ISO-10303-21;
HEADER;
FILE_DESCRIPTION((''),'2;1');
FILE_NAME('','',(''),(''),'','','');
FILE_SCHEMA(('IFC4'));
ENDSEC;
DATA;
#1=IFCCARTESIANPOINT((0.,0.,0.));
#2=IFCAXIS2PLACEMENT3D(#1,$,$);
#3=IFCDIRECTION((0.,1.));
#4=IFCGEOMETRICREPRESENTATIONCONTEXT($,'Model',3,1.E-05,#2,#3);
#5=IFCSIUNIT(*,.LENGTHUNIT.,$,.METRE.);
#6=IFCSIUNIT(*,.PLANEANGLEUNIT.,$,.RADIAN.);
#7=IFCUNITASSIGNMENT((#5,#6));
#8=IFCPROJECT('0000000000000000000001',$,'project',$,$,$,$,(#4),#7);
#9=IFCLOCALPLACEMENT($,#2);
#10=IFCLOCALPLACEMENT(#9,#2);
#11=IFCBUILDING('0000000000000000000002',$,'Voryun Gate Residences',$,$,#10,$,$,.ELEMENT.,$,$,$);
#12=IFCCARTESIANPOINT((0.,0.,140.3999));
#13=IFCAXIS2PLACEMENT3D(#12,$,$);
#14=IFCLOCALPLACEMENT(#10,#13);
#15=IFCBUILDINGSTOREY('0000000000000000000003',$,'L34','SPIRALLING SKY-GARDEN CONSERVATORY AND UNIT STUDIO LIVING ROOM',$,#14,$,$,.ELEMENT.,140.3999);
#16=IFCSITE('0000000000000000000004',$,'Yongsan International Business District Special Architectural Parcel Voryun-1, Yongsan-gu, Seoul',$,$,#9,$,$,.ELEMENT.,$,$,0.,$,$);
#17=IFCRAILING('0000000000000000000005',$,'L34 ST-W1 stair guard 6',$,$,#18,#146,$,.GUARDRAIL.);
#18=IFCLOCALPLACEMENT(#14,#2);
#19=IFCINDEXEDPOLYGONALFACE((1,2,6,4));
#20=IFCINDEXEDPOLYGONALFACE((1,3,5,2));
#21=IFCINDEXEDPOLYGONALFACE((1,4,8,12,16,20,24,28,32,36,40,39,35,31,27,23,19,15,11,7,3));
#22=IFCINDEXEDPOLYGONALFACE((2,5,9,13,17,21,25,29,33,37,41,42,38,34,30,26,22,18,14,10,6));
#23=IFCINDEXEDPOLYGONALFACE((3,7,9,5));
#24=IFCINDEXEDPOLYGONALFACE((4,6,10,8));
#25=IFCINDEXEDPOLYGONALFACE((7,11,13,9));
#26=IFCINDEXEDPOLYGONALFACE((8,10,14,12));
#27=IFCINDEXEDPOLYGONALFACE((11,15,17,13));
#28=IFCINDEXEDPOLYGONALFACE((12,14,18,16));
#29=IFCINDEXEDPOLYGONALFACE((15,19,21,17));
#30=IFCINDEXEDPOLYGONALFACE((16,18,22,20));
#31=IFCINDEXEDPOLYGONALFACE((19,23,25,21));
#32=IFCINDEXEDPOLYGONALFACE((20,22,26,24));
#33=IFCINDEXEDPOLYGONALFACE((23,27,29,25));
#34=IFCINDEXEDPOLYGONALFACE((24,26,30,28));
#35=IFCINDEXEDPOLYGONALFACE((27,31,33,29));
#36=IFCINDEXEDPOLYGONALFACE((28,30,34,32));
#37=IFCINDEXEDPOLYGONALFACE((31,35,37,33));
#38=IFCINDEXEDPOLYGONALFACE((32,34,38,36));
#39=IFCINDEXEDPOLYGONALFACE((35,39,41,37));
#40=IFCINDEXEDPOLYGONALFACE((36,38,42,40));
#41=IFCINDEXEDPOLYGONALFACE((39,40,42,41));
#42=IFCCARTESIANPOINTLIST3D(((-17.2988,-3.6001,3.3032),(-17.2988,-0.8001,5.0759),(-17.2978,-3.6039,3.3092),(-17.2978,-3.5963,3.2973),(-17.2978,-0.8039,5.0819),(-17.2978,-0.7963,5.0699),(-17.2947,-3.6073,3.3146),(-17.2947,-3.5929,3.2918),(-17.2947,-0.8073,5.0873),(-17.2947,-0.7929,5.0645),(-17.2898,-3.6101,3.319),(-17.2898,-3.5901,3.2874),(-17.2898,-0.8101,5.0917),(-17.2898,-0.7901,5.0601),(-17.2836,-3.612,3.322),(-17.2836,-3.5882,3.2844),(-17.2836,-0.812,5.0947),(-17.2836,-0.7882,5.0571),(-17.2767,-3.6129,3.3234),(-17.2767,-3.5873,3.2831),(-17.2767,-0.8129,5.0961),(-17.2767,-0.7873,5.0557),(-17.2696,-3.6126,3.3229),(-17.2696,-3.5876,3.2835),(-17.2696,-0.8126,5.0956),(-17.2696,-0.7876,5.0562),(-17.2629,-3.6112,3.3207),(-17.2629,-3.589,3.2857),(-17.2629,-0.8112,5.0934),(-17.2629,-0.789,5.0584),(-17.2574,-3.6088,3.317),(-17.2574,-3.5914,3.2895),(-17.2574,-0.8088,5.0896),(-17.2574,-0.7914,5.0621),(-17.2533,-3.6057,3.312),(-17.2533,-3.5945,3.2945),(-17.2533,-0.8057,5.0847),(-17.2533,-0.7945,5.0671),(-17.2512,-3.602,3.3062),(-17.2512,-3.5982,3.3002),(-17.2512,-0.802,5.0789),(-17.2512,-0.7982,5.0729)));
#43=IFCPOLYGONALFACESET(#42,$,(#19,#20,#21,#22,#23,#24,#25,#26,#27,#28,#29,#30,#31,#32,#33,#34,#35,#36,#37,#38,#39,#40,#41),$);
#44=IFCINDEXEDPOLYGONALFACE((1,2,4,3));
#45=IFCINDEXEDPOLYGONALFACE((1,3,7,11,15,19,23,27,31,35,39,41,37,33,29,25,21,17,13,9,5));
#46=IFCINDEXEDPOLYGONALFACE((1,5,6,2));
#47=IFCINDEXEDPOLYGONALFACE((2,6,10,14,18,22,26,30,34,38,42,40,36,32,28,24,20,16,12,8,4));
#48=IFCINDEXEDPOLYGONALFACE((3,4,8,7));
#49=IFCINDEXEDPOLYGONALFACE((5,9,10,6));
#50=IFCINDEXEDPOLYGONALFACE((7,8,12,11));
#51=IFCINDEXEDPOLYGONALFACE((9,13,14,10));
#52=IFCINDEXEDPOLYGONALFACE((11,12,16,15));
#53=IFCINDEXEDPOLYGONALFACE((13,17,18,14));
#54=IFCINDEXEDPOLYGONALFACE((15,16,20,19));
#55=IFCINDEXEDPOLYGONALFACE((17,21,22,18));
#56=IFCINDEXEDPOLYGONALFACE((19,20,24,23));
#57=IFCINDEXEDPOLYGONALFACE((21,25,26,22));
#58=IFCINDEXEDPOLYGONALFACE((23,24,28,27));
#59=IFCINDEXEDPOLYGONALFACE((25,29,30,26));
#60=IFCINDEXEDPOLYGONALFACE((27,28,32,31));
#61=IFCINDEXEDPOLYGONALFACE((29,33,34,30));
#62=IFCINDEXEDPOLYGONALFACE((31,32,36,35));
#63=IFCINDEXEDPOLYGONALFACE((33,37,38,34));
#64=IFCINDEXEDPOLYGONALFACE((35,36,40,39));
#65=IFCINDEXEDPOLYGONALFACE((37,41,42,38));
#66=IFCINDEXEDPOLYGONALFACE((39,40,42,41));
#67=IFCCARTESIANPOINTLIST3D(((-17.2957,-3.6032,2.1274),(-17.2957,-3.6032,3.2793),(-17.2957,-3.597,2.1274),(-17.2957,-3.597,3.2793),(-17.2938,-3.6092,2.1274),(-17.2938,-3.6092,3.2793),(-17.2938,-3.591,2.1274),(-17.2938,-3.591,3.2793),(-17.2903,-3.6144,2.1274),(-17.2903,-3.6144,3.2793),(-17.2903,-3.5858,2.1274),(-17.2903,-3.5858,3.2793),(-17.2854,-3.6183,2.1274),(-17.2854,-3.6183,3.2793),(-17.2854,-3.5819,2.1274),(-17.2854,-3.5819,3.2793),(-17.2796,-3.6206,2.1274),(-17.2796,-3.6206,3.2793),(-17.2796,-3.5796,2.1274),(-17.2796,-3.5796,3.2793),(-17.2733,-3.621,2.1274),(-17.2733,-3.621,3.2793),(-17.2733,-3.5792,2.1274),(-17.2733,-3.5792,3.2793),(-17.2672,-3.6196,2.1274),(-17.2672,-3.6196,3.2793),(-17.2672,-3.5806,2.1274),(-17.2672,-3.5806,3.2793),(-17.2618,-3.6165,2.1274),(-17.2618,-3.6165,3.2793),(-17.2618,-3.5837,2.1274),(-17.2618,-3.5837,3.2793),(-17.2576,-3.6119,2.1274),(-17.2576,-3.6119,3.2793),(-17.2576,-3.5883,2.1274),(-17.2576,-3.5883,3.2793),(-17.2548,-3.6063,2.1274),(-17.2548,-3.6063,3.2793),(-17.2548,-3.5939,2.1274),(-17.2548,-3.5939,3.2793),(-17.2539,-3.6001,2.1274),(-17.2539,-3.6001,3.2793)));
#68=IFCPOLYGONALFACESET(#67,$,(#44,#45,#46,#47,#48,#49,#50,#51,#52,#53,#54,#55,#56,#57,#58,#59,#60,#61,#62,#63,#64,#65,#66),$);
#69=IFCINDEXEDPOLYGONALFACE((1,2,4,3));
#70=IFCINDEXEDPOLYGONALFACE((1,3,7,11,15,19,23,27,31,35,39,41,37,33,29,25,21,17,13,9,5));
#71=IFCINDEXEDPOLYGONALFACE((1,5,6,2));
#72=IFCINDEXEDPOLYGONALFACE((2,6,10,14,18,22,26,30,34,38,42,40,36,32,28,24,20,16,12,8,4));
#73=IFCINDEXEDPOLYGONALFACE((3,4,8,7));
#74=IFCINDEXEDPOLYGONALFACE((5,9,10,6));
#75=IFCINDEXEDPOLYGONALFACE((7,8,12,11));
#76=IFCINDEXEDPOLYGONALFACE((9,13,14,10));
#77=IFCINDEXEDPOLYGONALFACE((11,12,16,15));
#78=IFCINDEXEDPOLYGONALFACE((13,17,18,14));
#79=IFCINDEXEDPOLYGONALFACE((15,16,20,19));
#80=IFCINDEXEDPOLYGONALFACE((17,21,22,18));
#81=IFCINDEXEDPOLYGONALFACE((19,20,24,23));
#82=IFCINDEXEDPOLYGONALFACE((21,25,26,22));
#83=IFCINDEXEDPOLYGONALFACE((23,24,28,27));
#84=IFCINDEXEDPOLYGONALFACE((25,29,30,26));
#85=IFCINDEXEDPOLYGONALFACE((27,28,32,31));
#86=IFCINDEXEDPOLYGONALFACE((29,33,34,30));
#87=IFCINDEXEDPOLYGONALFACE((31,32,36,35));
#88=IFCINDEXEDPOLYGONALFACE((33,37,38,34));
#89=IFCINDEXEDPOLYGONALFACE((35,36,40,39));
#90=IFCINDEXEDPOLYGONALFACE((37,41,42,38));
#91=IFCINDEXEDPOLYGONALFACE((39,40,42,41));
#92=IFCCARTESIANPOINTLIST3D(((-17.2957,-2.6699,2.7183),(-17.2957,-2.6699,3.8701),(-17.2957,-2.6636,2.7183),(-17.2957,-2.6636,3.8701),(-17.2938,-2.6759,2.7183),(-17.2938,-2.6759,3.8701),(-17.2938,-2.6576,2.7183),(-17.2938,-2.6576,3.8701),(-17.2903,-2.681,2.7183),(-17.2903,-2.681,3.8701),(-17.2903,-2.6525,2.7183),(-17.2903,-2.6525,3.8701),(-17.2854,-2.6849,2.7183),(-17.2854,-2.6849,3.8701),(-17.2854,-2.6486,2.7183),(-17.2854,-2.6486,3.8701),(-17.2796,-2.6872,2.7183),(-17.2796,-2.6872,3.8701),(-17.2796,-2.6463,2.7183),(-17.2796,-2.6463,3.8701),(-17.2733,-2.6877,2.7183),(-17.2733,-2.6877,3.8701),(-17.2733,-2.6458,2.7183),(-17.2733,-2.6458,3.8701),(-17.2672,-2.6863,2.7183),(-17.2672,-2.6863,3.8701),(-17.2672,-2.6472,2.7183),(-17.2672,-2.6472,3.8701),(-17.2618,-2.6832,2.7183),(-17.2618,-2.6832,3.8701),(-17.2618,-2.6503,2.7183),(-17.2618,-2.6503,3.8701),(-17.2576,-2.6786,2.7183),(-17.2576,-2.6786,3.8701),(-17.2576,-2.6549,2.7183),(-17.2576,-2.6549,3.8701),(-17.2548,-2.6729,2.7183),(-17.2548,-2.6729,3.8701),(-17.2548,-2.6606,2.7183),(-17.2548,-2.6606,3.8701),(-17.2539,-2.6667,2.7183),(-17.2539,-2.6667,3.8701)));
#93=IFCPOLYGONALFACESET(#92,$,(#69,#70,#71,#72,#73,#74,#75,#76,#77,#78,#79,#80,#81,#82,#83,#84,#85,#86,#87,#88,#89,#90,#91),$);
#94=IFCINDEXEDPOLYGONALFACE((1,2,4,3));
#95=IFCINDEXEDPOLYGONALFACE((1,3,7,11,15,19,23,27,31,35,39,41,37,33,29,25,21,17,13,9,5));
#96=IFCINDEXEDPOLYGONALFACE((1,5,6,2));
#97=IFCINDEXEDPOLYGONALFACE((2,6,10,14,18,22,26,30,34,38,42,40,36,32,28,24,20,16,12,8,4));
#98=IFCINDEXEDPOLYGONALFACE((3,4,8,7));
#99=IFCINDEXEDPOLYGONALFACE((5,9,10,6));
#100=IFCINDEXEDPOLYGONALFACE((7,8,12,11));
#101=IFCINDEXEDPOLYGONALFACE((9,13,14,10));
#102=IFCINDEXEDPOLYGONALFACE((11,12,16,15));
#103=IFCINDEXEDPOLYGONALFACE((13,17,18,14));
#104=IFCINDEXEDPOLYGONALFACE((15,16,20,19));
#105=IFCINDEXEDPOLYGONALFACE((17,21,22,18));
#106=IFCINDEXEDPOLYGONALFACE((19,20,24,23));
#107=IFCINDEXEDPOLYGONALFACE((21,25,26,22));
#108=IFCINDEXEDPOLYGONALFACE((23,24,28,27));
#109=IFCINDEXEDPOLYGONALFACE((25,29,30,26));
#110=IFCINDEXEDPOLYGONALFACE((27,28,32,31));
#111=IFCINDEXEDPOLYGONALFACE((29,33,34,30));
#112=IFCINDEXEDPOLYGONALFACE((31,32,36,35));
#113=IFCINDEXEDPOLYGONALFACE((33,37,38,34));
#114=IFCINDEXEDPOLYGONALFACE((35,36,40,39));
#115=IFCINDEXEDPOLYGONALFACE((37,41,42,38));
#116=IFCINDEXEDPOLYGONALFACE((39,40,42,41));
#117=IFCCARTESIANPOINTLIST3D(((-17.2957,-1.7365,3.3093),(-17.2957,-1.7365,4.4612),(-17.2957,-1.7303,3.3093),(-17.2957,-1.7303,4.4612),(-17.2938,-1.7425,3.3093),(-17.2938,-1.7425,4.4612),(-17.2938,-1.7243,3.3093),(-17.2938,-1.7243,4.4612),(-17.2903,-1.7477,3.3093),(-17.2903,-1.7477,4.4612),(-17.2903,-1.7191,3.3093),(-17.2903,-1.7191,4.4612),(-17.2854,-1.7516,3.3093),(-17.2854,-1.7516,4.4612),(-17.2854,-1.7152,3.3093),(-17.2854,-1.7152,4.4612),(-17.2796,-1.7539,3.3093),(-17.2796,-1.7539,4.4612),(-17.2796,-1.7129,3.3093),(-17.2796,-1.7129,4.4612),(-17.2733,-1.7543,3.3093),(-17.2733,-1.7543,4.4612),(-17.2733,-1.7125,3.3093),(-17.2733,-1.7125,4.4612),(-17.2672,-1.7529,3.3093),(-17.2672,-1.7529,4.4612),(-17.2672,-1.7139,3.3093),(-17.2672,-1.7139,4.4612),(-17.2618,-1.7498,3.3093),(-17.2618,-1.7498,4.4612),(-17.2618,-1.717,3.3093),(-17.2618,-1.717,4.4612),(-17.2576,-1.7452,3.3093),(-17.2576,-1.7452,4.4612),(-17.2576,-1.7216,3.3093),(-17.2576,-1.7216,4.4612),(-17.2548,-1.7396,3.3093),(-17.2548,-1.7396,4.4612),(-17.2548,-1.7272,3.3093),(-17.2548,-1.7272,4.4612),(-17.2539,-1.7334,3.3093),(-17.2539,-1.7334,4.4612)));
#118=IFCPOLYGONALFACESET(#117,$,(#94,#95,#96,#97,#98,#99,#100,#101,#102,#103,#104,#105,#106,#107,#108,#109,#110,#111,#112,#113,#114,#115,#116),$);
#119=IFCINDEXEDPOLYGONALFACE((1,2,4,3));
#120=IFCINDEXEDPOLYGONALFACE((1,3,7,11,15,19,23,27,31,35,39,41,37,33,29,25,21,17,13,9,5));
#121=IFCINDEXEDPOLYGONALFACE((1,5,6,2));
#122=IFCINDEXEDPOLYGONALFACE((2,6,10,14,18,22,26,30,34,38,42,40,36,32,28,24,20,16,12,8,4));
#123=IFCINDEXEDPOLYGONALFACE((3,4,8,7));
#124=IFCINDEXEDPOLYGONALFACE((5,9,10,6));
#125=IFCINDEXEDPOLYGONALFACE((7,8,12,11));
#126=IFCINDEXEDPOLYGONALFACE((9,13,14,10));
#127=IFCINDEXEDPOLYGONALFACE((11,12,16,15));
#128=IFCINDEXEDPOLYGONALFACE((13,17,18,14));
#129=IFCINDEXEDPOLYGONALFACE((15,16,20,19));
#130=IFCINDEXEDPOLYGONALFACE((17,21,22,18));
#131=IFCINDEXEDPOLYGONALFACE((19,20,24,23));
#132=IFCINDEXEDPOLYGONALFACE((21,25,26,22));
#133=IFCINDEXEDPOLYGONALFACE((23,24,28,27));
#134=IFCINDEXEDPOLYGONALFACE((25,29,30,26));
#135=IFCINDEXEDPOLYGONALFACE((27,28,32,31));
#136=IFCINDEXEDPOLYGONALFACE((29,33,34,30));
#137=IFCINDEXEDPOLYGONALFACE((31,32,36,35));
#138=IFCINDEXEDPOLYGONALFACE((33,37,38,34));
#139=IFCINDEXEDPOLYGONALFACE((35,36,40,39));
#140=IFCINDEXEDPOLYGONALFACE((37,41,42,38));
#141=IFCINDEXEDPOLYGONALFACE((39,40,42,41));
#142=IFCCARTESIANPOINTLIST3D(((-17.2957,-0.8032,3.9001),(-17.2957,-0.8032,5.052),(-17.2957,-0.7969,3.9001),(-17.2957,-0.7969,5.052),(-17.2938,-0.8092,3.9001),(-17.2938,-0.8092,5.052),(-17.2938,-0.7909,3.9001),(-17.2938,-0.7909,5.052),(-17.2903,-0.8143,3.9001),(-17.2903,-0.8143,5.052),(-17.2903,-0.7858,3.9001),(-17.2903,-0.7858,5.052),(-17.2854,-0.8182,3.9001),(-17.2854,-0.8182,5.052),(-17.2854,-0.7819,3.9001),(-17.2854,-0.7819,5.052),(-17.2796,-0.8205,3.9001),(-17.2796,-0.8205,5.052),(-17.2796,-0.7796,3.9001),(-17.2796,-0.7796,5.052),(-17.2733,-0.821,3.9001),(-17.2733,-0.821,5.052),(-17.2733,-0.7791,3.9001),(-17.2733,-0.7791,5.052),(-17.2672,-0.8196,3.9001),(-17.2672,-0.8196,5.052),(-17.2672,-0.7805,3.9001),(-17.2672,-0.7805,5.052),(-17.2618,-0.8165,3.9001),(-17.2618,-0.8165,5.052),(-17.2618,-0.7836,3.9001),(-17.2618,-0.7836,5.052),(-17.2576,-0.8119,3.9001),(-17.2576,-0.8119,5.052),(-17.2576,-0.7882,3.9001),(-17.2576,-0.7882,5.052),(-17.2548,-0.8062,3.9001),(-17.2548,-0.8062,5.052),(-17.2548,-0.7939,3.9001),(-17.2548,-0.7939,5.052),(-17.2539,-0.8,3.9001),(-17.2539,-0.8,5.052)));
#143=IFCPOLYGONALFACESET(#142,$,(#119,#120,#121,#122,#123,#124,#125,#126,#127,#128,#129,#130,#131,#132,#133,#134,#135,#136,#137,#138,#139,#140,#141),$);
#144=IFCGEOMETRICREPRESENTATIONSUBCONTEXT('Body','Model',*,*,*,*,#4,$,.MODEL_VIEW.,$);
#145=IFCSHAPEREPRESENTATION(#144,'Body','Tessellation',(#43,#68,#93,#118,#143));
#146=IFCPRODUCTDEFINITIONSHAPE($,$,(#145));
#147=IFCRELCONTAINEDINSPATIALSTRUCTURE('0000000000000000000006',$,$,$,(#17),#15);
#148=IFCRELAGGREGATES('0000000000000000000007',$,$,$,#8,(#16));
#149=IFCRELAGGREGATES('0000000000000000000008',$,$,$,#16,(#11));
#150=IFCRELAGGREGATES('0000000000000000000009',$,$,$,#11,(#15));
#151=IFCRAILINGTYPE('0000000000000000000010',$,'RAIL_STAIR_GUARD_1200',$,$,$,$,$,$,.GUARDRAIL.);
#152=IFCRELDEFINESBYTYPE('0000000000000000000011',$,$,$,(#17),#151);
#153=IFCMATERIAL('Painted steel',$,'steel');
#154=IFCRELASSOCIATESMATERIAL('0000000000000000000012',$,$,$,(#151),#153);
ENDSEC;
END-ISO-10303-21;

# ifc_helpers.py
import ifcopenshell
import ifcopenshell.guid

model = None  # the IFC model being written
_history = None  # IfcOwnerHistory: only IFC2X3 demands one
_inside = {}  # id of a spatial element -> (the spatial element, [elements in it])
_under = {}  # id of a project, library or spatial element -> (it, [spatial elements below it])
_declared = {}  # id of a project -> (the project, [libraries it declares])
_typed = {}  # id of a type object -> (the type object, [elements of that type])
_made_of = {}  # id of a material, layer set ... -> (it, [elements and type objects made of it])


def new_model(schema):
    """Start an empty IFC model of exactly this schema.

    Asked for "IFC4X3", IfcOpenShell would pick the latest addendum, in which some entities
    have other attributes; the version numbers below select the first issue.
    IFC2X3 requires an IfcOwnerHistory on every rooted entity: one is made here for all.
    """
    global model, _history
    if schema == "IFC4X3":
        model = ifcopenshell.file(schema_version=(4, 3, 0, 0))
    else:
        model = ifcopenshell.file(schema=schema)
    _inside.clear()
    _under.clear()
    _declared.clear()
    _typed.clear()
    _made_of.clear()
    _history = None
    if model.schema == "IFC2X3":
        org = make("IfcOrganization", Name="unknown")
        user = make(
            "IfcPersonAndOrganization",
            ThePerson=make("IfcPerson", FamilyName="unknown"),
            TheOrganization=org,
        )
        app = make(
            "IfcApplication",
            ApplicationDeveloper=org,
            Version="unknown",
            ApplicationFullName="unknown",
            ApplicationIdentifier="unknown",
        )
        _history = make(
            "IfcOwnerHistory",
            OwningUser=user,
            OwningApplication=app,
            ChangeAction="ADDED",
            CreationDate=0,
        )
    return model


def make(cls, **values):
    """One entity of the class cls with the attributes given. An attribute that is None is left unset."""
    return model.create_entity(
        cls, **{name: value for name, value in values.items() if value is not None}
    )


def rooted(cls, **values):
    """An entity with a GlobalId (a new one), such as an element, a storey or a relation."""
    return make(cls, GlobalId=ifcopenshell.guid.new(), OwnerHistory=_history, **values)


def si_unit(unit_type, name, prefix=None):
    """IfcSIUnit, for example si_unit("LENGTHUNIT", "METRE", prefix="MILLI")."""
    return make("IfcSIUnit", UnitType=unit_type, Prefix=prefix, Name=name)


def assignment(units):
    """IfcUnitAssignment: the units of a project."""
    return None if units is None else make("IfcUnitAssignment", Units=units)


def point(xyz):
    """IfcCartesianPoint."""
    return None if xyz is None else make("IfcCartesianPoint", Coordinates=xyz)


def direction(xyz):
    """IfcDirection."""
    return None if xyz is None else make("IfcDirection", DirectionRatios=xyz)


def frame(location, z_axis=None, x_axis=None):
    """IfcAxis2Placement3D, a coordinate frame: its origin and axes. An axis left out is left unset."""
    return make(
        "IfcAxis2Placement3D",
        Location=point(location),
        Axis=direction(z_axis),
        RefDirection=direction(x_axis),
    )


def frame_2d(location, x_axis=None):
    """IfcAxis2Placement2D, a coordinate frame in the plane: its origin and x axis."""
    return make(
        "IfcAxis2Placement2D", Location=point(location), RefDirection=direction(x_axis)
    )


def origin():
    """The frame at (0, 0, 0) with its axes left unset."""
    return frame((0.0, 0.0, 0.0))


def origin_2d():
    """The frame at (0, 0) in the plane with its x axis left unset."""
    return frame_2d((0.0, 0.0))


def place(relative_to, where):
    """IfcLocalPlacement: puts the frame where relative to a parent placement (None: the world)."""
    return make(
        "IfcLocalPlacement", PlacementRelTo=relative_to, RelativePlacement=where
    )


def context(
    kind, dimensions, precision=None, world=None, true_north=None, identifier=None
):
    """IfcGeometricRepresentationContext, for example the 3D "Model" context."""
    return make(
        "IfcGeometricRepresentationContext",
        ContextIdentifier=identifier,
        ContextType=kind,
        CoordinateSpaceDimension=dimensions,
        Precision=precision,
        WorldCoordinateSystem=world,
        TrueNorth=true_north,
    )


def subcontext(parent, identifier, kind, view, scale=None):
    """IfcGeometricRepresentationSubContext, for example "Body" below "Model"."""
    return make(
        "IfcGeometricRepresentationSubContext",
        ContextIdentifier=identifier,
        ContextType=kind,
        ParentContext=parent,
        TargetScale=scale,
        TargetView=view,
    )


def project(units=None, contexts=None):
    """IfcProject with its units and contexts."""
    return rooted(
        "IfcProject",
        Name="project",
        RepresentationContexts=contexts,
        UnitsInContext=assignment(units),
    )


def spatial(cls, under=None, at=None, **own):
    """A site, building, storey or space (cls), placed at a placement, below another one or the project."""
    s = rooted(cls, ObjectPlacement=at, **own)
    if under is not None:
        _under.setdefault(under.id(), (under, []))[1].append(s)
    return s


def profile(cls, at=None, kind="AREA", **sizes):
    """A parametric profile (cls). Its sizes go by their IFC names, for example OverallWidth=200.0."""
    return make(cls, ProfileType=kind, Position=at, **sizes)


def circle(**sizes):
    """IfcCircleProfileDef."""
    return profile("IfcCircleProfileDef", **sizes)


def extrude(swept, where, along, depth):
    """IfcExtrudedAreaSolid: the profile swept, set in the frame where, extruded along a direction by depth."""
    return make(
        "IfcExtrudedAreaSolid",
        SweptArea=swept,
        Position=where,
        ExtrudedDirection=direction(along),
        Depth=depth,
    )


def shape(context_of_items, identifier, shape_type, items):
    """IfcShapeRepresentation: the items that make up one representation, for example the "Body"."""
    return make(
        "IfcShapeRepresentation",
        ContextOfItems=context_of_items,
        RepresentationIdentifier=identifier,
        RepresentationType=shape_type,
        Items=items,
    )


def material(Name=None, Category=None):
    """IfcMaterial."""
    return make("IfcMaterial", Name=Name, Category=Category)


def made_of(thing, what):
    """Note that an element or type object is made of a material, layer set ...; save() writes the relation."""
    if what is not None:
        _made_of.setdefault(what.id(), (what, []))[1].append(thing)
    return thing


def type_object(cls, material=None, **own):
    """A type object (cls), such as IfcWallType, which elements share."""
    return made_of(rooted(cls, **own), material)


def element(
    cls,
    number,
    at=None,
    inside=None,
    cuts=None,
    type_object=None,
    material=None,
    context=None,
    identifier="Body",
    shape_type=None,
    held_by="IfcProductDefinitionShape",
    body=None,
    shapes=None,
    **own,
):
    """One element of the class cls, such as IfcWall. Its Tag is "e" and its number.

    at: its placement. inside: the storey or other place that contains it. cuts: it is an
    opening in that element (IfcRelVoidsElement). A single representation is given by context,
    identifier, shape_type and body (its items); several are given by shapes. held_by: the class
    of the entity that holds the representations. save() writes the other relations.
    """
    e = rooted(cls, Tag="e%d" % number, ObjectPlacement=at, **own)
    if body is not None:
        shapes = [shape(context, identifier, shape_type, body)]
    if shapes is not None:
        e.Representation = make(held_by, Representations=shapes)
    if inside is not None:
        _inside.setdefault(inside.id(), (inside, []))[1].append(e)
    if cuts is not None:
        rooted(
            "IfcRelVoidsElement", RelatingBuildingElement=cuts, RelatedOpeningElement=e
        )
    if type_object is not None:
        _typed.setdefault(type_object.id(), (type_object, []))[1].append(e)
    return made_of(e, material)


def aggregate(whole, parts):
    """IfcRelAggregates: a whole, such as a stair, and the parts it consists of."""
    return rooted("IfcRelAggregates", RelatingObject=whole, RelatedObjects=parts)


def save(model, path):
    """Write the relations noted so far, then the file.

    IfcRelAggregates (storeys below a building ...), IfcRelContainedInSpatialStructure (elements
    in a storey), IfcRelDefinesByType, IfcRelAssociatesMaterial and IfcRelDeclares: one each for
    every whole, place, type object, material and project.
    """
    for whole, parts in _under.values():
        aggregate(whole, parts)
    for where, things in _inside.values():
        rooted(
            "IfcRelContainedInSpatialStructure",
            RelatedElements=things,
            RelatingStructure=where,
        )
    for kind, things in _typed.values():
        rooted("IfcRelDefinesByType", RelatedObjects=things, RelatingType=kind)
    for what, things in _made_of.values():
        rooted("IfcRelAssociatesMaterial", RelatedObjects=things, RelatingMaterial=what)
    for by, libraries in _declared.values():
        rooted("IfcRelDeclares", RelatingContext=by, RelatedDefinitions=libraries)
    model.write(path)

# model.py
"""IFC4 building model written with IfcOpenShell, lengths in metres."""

from ifc_helpers import new_model, si_unit, direction, frame, origin, origin_2d, place, context, subcontext, project, spatial, circle, extrude, material, type_object, element, save


model = new_model("IFC4")

# Units and contexts
model_context = context("Model", 3, precision=1e-05, world=origin(), true_north=direction((0.0, 1.0)))
body_context = subcontext(model_context, "Body", "Model", "MODEL_VIEW")
ifc_project = project(units=[si_unit("LENGTHUNIT", "METRE"), si_unit("PLANEANGLEUNIT", "RADIAN")], contexts=[model_context])

# Site, building, storey
site_placement = place(None, origin())
site = spatial("IfcSite", under=ifc_project, at=site_placement, Name="Yongsan International Business District Special Architectural Parcel Voryun-1, Yongsan-gu, Seoul", CompositionType="ELEMENT", RefElevation=0.0)
building_placement = place(site_placement, origin())
building = spatial("IfcBuilding", under=site, at=building_placement, Name="Voryun Gate Residences", CompositionType="ELEMENT")
storey_placement = place(building_placement, frame((0.0, 0.0, 140.3999)))
storey = spatial("IfcBuildingStorey", under=building, at=storey_placement, Name="L34", Description="SPIRALLING SKY-GARDEN CONSERVATORY AND UNIT STUDIO LIVING ROOM", CompositionType="ELEMENT", Elevation=140.3999)

# Railing
ifc_material_1 = material(Name="Painted steel", Category="steel")
railing_type_1 = type_object("IfcRailingType", Name="RAIL_STAIR_GUARD_1200", PredefinedType="GUARDRAIL", material=ifc_material_1)
railing_1_placement = place(storey_placement, frame((-17.2749, -3.6001, 2.1274)))
element("IfcRailing", 1, at=railing_1_placement, inside=storey, type_object=railing_type_1, Name="L34 ST-W1 stair guard 6", PredefinedType="GUARDRAIL", context=body_context, shape_type="SweptSolid", body=[
    extrude(circle(Radius=0.0239, at=origin_2d()), frame((0.0, 0.0, 1.1758), z_axis=(0.0, 0.844909, 0.53491), x_axis=(-1.0, 0.0, 0.0)), (0.0, 0.0, 1.0), 3.314),
    extrude(circle(Radius=0.021, at=origin_2d()), origin(), (0.0, 0.0, 1.0), 1.1519),
    extrude(circle(Radius=0.021, at=origin_2d()), frame((0.0, 0.9333, 0.5908)), (0.0, 0.0, 1.0), 1.1519),
    extrude(circle(Radius=0.021, at=origin_2d()), frame((0.0, 1.8667, 1.1819)), (0.0, 0.0, 1.0), 1.1519),
    extrude(circle(Radius=0.021, at=origin_2d()), frame((0.0, 2.8, 1.7727)), (0.0, 0.0, 1.0), 1.1519),
])

save(model, "model.ifc")
